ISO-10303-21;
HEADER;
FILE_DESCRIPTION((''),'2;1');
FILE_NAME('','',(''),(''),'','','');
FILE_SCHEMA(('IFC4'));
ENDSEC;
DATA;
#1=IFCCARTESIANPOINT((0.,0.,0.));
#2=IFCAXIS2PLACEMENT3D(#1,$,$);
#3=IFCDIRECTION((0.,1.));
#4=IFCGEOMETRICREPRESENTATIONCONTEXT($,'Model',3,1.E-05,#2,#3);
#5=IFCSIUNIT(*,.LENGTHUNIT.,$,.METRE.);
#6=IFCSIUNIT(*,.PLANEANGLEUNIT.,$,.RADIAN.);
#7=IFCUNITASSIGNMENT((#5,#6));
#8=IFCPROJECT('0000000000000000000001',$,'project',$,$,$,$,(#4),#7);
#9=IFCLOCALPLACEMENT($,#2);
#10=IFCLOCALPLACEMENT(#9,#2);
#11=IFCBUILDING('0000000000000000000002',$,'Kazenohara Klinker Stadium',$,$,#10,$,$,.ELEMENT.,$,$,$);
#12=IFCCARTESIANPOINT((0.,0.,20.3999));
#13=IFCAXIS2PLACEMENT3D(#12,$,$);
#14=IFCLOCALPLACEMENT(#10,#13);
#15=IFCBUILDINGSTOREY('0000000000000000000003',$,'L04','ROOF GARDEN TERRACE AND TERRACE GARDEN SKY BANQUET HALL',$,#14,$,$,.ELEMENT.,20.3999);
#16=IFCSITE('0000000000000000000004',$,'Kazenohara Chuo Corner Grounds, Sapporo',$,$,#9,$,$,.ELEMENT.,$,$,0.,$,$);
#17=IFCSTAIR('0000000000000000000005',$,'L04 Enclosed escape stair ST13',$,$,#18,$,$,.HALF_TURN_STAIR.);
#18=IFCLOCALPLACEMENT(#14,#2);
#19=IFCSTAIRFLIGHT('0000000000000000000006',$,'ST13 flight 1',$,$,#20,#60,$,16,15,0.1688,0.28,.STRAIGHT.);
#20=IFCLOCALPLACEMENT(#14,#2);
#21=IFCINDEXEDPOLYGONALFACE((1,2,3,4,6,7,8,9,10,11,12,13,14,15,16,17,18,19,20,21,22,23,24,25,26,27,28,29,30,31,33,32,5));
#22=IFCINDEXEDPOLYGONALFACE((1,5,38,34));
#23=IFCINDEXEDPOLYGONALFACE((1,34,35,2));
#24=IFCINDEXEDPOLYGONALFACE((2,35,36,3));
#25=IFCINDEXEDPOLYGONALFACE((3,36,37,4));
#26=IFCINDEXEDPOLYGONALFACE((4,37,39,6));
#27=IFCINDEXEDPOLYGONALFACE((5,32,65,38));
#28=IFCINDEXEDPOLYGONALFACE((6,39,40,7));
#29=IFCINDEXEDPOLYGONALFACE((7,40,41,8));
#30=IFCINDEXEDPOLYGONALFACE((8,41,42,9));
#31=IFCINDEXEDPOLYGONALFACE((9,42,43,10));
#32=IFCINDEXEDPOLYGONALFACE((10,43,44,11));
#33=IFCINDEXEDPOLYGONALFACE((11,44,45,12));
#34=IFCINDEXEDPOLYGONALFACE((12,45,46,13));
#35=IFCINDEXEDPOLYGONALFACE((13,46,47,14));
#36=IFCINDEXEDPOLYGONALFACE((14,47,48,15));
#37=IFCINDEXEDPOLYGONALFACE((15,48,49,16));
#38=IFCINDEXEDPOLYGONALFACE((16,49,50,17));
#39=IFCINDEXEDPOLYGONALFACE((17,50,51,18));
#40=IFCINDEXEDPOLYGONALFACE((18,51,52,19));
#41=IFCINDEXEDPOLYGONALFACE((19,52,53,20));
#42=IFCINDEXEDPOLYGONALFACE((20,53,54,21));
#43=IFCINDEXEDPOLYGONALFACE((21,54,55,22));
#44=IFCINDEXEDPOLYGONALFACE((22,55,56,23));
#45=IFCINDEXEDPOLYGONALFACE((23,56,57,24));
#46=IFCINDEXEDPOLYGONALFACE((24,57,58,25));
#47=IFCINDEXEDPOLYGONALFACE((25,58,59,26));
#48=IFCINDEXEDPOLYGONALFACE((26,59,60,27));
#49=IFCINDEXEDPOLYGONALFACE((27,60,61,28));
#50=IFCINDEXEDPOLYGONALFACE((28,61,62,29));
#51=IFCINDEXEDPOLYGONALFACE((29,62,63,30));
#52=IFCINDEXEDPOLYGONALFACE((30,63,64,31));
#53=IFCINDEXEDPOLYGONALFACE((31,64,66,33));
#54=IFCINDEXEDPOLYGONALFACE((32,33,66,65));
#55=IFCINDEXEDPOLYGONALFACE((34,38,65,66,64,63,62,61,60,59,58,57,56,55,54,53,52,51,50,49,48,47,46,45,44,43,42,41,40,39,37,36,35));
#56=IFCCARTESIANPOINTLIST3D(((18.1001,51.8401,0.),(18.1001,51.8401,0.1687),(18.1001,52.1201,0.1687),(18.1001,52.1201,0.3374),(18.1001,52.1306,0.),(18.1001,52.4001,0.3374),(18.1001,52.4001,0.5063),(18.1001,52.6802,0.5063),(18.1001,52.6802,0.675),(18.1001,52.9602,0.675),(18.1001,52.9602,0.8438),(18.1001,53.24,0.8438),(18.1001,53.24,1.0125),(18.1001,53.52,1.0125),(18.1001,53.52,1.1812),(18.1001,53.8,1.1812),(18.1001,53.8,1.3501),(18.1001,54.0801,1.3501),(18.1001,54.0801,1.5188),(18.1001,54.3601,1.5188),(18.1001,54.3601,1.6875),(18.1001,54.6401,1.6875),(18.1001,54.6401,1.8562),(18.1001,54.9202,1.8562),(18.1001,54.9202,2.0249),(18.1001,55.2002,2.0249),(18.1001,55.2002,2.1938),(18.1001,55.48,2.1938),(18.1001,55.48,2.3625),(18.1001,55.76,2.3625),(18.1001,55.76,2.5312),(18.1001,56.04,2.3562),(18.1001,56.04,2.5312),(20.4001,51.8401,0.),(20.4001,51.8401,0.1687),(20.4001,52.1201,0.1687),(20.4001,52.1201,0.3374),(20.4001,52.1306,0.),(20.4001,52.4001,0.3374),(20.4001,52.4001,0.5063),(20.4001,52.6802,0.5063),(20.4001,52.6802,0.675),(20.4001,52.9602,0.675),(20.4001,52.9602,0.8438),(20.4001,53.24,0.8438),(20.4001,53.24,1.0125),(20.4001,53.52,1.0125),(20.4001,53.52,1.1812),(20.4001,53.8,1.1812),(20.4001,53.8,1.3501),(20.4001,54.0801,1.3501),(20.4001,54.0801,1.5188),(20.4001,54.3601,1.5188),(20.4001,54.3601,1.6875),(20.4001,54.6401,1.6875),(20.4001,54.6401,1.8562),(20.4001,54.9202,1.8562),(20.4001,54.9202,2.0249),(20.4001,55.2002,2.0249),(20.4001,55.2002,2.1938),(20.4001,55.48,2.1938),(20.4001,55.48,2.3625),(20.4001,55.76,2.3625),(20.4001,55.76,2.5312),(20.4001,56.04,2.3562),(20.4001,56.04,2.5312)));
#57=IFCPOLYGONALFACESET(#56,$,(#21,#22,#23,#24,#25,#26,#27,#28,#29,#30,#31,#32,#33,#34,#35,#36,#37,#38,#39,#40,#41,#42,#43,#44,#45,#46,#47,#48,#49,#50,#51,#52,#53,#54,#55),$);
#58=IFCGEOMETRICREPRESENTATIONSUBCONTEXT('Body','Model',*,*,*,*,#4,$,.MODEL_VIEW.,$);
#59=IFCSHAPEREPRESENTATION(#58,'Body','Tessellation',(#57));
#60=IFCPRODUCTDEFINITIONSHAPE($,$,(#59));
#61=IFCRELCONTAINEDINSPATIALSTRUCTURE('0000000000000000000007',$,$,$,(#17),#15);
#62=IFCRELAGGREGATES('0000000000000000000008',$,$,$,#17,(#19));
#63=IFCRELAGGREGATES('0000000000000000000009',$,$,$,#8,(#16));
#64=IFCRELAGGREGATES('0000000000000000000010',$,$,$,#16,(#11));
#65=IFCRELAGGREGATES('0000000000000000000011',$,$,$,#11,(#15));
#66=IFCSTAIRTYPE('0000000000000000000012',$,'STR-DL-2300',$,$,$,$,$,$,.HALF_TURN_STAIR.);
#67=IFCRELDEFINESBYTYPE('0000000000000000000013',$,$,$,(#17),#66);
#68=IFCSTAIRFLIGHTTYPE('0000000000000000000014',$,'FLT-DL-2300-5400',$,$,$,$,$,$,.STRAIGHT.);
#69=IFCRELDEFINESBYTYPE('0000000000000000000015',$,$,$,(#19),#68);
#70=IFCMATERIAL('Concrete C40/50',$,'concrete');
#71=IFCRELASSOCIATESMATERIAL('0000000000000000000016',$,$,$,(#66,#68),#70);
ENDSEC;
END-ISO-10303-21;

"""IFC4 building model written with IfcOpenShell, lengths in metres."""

from ifc_helpers import new_model, si_unit, direction, frame, origin, place, context, subcontext, project, spatial, polyline, outline, extrude, material, type_object, element, aggregate, save


model = new_model("IFC4")

# Units and contexts
model_context = context("Model", 3, precision=1e-05, world=origin(), true_north=direction((0.0, 1.0)))
body_context = subcontext(model_context, "Body", "Model", "MODEL_VIEW")
ifc_project = project(units=[si_unit("LENGTHUNIT", "METRE"), si_unit("PLANEANGLEUNIT", "RADIAN")], contexts=[model_context])

# Site, building, storey
site_placement = place(None, origin())
site = spatial("IfcSite", under=ifc_project, at=site_placement, Name="Kazenohara Chuo Corner Grounds, Sapporo", CompositionType="ELEMENT", RefElevation=0.0)
building_placement = place(site_placement, origin())
building = spatial("IfcBuilding", under=site, at=building_placement, Name="Kazenohara Klinker Stadium", CompositionType="ELEMENT")
storey_placement = place(building_placement, frame((0.0, 0.0, 20.3999)))
storey = spatial("IfcBuildingStorey", under=building, at=storey_placement, Name="L04", Description="ROOF GARDEN TERRACE AND TERRACE GARDEN SKY BANQUET HALL", CompositionType="ELEMENT", Elevation=20.3999)

# Shared definitions
ifc_material_1 = material(Name="Concrete C40/50", Category="concrete")

# Stair, stair flight
stair_type = type_object("IfcStairType", Name="STR-DL-2300", PredefinedType="HALF_TURN_STAIR", material=ifc_material_1)
stair_placement = place(storey_placement, origin())
stair = element("IfcStair", 1, at=stair_placement, inside=storey, type_object=stair_type, Name="L04 Enclosed escape stair ST13", PredefinedType="HALF_TURN_STAIR")
stair_flight_type = type_object("IfcStairFlightType", Name="FLT-DL-2300-5400", PredefinedType="STRAIGHT", material=ifc_material_1)
stair_flight_placement = place(storey_placement, frame((19.25, 51.8401, 0.0), z_axis=(0.0, 0.0, 1.0), x_axis=(0.0, 1.0, 0.0)))
stair_flight = element("IfcStairFlight", 2, at=stair_flight_placement, type_object=stair_flight_type, Name="ST13 flight 1", NumberOfRisers=16, NumberOfTreads=15, PredefinedType="STRAIGHT", RiserHeight=0.1688, TreadLength=0.28, context=body_context, shape_type="SweptSolid", body=[
    extrude(outline(polyline([(0.0, 0.0), (0.0, 0.1687), (0.28, 0.1687), (0.28, 0.3374), (0.5601, 0.3374), (0.5601, 0.5063), (0.8401, 0.5063), (0.8401, 0.675), (1.1201, 0.675), (1.1201, 0.8438), (1.3999, 0.8438), (1.3999, 1.0125), (1.6799, 1.0125), (1.6799, 1.1812), (1.96, 1.1812), (1.96, 1.3501), (2.24, 1.3501), (2.24, 1.5188), (2.52, 1.5188), (2.52, 1.6875), (2.8, 1.6875), (2.8, 1.8562), (3.0801, 1.8562), (3.0801, 2.0249), (3.3601, 2.0249), (3.3601, 2.1938), (3.6399, 2.1938), (3.6399, 2.3625), (3.9199, 2.3625), (3.9199, 2.5312), (4.2, 2.5312), (4.2, 2.7), (4.2, 2.3562), (0.2905, 0.0), (0.0, 0.0)])), frame((0.0, 1.1499, 0.0), z_axis=(0.0, -1.0, 0.0), x_axis=(1.0, 0.0, 0.0)), (0.0, 0.0, 1.0), 2.3),
])
aggregate(stair, [stair_flight])

save(model, "model.ifc")
